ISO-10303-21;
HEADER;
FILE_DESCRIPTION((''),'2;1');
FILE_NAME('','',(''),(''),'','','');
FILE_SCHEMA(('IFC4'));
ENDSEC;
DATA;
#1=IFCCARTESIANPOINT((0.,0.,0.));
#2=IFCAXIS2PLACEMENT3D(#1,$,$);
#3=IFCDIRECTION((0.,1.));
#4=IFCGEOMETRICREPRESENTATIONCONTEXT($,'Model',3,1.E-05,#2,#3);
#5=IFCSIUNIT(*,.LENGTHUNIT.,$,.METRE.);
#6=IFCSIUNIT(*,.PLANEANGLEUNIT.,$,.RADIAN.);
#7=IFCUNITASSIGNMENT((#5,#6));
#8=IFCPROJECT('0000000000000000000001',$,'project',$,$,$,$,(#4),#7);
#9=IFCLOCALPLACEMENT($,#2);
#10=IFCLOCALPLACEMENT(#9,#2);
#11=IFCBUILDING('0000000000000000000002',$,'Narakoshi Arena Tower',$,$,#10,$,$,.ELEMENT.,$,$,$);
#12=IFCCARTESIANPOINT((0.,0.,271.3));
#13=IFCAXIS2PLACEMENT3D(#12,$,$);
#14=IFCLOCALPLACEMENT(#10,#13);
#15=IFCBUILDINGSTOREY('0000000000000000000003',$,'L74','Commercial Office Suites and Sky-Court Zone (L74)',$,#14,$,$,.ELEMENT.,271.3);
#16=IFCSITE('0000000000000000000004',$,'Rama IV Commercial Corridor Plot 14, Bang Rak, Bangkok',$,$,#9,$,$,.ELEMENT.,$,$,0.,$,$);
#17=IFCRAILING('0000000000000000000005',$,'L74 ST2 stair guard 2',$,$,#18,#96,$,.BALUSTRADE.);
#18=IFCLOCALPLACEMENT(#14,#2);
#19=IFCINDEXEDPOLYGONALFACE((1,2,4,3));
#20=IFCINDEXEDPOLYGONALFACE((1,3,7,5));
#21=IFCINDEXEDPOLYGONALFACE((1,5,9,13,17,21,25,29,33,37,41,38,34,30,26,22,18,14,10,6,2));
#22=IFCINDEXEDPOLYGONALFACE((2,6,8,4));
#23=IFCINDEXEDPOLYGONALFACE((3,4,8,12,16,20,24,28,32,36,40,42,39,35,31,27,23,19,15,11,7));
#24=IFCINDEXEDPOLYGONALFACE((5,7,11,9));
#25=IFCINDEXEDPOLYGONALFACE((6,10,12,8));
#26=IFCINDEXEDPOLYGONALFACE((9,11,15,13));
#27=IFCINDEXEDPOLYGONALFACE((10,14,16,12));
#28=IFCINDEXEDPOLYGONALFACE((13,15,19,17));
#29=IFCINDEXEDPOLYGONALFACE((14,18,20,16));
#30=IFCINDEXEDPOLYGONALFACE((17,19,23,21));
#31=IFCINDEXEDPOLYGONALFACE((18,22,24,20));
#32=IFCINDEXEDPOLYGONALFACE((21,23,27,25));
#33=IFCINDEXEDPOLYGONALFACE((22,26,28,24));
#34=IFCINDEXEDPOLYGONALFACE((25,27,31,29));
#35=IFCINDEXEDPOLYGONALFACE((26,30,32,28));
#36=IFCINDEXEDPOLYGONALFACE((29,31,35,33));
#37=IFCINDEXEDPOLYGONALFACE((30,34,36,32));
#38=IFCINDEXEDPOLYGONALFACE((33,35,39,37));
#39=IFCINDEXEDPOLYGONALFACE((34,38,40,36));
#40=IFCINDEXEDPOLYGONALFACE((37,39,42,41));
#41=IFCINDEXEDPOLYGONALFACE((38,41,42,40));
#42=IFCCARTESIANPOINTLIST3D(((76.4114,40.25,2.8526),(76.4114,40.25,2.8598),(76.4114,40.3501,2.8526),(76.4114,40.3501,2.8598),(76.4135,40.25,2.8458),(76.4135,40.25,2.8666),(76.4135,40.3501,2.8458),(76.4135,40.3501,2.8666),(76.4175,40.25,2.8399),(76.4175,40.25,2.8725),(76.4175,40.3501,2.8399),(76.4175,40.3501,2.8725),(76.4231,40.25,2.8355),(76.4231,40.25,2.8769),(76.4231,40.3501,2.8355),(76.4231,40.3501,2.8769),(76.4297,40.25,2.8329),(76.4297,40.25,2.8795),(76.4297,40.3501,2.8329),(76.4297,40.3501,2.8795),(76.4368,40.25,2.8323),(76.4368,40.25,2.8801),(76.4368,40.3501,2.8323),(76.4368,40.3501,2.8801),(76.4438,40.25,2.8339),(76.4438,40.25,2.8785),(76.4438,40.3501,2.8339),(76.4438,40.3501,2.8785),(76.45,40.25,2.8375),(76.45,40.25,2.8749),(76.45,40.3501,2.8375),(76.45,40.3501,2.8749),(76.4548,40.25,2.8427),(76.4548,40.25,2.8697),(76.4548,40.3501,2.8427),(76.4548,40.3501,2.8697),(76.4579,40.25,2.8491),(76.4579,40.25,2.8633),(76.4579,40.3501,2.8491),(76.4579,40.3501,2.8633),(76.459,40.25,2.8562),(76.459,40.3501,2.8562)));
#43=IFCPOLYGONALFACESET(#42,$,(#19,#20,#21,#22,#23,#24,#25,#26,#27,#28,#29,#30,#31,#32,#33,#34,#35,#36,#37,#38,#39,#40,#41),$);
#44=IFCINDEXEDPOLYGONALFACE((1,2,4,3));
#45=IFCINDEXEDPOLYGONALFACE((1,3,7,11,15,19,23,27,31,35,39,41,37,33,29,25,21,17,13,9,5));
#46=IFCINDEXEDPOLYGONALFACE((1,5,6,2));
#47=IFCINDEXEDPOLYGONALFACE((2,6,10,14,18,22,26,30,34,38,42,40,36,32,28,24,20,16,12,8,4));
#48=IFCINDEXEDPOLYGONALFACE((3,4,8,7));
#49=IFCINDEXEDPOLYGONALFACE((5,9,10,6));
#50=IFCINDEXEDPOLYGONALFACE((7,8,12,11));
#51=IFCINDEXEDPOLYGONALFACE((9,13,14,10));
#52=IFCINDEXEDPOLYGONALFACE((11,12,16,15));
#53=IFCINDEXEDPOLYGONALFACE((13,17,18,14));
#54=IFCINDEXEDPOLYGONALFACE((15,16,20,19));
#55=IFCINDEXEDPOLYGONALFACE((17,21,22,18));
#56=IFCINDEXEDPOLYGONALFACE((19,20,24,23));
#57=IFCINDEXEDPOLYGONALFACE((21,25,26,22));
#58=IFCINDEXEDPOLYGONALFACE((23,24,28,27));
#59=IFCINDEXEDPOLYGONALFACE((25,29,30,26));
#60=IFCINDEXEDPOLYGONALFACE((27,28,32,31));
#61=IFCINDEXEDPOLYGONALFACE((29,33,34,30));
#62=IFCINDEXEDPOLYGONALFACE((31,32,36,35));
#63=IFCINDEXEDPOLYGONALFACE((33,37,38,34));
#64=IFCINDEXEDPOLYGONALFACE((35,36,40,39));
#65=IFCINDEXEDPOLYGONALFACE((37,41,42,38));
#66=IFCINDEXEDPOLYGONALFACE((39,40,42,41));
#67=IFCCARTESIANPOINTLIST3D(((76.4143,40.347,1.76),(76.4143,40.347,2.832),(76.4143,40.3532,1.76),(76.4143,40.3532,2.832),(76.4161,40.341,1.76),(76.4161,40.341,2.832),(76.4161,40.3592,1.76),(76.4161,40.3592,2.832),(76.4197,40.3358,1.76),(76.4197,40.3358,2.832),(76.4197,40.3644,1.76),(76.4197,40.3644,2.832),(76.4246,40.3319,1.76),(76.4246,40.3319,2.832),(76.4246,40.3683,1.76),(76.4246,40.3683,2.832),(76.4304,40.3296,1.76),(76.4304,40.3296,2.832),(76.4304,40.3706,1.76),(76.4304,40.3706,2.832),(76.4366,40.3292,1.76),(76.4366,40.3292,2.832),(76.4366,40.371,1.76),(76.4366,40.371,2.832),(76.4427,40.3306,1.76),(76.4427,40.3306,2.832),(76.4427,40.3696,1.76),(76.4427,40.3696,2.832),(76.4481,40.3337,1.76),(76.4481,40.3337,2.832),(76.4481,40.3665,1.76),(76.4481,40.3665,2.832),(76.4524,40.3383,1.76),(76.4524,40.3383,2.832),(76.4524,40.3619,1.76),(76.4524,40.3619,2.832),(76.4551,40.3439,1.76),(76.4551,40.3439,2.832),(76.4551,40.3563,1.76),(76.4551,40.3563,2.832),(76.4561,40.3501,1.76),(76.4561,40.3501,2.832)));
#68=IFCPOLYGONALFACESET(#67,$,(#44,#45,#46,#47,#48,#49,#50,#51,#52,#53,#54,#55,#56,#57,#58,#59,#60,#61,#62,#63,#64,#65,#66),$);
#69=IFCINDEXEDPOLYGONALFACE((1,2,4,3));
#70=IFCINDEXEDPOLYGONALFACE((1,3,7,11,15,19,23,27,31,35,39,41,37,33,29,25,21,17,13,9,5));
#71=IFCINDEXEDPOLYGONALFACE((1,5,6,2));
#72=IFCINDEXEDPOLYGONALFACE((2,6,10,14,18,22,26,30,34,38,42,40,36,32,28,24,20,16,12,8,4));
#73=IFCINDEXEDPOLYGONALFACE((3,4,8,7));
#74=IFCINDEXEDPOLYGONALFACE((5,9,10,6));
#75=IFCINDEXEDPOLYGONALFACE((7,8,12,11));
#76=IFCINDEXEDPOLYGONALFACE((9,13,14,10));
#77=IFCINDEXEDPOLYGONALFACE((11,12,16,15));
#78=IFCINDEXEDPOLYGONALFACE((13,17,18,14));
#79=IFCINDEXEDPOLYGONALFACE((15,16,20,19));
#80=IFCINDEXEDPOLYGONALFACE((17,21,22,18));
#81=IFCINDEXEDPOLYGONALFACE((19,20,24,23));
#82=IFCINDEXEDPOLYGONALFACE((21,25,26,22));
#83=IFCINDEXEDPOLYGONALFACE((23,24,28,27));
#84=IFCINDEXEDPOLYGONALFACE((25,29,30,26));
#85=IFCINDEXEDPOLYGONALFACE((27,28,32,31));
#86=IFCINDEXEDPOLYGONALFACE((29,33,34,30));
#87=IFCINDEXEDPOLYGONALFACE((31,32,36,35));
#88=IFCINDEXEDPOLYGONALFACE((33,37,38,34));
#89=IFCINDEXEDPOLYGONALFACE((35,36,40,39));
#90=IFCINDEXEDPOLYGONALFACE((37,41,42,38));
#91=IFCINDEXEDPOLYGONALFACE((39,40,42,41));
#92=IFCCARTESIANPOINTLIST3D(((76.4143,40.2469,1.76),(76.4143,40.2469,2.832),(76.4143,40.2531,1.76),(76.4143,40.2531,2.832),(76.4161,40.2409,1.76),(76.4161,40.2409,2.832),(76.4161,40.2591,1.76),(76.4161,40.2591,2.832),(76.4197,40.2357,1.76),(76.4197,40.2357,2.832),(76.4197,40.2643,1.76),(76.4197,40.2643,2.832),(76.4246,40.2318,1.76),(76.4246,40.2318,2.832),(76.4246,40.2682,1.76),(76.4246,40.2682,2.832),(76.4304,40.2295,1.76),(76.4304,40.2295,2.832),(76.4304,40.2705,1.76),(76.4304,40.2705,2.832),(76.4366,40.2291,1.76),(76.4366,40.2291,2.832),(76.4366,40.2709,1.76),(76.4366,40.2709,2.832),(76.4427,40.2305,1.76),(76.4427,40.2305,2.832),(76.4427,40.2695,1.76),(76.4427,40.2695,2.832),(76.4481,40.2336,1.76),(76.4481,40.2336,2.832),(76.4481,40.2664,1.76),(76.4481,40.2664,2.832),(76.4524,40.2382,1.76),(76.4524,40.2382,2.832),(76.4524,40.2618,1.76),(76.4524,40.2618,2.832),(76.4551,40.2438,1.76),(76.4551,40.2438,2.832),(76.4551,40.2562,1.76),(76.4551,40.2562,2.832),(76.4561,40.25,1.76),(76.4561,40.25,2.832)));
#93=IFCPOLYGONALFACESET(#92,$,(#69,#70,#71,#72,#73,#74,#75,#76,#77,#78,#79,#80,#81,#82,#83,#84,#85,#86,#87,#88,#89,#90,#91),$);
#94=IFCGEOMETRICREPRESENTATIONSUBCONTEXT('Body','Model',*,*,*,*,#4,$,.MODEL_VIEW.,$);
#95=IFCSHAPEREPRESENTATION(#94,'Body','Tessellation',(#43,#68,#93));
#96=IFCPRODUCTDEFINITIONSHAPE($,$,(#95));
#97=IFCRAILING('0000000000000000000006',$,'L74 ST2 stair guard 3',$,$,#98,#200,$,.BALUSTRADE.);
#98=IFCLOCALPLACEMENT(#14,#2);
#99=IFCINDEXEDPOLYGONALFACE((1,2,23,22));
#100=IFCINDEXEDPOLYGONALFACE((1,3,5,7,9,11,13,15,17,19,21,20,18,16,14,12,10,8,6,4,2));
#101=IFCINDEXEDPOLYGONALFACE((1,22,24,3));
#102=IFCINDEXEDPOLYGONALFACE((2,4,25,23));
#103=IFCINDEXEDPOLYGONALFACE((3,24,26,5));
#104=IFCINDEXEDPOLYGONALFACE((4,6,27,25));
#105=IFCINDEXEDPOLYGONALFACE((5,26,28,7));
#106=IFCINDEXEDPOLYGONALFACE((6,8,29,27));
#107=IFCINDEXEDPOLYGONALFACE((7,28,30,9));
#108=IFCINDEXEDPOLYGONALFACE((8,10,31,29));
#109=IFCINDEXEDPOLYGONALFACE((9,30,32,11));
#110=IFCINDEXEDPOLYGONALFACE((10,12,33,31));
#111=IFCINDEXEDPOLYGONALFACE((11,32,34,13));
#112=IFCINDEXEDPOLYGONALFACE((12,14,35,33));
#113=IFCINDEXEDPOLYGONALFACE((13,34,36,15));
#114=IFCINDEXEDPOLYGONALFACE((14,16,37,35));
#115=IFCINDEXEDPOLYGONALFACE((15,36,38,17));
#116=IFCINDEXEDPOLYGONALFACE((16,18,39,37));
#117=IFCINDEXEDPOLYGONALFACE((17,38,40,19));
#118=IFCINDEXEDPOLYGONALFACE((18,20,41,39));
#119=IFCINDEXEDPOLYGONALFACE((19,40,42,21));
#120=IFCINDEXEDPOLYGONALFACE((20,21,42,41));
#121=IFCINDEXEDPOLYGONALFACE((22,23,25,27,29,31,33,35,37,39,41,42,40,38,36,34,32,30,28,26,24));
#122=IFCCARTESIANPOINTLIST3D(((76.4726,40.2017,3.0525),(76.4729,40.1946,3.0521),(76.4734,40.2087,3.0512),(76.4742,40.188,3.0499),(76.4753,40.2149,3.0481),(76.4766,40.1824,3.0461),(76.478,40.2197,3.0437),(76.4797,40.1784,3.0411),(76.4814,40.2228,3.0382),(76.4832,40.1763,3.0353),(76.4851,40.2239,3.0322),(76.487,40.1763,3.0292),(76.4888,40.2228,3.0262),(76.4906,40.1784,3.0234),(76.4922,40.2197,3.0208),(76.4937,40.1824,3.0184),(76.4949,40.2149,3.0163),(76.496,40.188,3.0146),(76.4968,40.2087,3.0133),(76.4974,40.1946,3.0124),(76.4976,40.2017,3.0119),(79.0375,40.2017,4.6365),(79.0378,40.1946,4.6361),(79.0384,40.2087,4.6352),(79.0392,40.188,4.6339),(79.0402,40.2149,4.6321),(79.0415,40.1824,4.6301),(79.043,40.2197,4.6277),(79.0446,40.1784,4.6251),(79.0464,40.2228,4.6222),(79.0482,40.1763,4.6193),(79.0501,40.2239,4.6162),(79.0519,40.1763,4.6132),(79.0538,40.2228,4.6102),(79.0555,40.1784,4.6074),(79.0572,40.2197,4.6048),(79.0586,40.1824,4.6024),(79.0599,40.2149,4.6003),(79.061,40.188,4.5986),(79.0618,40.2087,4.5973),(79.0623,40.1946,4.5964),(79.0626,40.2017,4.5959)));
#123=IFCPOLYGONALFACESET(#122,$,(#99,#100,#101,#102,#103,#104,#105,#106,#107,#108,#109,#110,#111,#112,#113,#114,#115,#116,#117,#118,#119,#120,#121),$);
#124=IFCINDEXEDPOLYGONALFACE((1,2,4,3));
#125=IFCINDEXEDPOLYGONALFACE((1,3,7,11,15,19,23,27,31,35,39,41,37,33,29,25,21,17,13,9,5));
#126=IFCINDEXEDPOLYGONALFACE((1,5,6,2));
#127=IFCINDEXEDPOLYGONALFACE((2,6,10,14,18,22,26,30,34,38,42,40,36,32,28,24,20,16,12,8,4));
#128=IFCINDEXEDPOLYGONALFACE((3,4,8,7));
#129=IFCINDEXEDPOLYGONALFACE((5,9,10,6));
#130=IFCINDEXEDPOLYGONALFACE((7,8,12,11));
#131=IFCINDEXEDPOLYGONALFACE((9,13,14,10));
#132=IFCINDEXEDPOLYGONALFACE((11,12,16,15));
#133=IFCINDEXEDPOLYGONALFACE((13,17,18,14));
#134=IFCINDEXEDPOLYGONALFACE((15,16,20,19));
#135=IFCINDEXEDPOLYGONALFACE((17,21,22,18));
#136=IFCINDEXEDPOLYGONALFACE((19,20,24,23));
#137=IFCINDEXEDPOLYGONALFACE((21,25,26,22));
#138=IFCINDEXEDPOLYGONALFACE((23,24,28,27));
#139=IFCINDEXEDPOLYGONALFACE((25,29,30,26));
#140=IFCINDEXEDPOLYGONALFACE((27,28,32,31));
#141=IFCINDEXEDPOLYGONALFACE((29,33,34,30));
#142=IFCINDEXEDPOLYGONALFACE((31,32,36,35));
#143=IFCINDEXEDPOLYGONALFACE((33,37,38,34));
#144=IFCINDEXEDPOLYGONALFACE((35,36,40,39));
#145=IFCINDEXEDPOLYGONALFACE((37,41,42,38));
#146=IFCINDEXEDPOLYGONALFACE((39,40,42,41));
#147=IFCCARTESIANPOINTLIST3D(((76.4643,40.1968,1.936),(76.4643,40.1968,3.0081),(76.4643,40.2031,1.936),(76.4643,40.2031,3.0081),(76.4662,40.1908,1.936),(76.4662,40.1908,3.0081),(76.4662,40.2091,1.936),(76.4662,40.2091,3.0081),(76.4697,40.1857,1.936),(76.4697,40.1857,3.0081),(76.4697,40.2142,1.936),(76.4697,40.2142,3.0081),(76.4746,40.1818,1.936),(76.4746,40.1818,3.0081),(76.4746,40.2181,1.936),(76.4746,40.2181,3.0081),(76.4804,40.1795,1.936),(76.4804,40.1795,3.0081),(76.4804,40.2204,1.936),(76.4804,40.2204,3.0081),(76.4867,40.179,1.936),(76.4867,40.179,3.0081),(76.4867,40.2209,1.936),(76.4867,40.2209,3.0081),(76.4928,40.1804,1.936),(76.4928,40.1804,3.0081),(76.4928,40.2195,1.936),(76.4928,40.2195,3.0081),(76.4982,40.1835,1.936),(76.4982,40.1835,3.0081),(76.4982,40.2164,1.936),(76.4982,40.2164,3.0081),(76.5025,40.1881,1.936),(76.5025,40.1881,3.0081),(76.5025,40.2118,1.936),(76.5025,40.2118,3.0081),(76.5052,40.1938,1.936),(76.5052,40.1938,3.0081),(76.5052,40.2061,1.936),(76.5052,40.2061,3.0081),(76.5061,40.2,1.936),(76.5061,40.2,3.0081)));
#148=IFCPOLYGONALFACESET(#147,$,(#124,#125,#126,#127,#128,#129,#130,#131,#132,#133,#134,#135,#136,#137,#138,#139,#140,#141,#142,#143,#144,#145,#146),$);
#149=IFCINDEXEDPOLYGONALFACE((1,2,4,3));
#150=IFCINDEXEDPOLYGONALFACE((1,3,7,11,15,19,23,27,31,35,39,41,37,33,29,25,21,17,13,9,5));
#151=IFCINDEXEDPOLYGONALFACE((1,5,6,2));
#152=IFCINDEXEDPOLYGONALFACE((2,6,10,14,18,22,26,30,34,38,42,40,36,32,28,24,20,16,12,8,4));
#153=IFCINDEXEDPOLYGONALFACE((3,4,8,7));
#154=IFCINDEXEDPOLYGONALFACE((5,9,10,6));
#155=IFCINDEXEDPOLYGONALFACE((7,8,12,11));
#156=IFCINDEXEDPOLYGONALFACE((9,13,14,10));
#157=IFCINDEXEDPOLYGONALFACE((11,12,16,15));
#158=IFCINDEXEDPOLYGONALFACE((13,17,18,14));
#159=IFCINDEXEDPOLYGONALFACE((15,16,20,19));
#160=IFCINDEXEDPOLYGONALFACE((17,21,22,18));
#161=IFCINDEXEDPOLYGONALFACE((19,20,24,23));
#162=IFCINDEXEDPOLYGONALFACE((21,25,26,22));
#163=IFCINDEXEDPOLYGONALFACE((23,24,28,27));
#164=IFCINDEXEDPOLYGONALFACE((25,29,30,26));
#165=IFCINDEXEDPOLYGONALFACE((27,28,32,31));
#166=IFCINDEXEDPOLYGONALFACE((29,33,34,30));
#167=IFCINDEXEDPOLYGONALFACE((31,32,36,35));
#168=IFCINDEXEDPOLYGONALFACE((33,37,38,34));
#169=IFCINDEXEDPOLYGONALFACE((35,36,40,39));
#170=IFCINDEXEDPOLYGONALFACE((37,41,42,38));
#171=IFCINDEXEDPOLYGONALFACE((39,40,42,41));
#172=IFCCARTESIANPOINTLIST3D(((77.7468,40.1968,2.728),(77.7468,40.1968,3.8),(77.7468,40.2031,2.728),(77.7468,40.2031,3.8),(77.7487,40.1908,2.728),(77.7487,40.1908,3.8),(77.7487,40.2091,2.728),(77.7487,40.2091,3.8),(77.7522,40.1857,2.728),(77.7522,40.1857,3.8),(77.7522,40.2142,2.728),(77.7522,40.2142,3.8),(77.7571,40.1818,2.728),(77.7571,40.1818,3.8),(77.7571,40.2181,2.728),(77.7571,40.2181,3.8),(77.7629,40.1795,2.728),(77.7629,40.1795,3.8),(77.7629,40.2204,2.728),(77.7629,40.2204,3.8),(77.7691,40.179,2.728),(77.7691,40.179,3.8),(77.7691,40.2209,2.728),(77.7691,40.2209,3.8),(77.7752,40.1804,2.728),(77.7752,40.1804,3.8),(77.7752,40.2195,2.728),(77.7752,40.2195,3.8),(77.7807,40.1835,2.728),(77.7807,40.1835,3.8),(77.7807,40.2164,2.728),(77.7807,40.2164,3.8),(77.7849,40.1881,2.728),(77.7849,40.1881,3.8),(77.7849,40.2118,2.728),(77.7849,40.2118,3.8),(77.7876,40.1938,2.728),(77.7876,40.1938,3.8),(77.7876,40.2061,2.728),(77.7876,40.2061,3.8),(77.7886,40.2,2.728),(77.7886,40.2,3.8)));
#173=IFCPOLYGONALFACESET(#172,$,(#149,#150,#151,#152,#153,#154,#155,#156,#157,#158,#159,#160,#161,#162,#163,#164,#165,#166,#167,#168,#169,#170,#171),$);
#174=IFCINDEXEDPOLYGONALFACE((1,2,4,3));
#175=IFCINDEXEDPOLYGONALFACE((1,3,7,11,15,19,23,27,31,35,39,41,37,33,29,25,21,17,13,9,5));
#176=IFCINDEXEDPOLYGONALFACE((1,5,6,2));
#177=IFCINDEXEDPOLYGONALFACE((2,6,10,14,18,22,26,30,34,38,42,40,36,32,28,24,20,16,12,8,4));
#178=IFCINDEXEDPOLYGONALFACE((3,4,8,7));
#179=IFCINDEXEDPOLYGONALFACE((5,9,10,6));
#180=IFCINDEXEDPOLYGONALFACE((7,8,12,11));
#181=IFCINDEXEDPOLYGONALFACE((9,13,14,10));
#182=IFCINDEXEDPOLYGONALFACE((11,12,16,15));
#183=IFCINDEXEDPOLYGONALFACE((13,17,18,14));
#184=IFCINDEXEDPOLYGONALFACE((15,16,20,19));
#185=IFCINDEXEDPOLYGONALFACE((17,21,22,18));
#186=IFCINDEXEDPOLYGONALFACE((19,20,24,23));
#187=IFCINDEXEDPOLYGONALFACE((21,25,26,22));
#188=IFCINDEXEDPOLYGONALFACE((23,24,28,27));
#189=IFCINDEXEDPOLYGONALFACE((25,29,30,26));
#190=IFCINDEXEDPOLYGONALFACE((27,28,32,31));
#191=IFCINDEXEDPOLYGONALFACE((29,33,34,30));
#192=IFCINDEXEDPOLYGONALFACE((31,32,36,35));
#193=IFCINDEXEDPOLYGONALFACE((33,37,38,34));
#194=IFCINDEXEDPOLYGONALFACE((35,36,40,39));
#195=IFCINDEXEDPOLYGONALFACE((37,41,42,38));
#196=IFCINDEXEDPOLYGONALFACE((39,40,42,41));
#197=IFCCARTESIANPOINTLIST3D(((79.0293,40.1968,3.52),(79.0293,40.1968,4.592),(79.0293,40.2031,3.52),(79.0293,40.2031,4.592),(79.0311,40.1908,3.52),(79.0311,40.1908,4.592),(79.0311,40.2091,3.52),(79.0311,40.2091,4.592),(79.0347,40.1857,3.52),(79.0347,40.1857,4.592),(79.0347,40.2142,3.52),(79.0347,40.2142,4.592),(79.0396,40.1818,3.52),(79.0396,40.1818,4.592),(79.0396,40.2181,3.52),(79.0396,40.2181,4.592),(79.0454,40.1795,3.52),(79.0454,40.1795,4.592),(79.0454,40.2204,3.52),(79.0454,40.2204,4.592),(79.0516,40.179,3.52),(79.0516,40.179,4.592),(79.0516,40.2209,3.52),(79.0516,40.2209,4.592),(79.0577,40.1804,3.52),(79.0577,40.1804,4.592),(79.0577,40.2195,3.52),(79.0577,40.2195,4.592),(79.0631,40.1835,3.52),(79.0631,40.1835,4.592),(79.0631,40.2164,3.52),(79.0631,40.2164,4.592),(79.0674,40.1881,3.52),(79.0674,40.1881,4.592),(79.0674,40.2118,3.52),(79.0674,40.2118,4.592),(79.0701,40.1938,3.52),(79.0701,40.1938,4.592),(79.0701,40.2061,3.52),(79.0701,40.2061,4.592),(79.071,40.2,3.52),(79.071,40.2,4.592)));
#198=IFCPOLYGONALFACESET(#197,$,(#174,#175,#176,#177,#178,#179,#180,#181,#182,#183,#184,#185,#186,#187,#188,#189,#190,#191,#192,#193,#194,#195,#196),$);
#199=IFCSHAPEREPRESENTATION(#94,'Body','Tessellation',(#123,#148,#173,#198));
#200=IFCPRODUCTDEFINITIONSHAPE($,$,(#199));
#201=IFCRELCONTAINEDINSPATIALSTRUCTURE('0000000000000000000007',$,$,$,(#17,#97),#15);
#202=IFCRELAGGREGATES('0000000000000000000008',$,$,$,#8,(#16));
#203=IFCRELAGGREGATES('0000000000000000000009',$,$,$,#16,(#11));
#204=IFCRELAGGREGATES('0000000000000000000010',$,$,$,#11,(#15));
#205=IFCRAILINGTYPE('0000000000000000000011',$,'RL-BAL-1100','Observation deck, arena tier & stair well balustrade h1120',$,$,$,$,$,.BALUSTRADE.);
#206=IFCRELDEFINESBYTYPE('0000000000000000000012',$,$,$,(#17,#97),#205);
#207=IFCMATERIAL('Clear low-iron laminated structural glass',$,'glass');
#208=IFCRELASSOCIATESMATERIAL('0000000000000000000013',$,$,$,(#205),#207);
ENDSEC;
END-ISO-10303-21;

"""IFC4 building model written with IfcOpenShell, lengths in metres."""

from ifc_helpers import new_model, si_unit, direction, frame, origin, origin_2d, place, context, subcontext, project, spatial, circle, extrude, material, type_object, element, save


model = new_model("IFC4")

# Units and contexts
model_context = context("Model", 3, precision=1e-05, world=origin(), true_north=direction((0.0, 1.0)))
body_context = subcontext(model_context, "Body", "Model", "MODEL_VIEW")
ifc_project = project(units=[si_unit("LENGTHUNIT", "METRE"), si_unit("PLANEANGLEUNIT", "RADIAN")], contexts=[model_context])

# Site, building, storey
site_placement = place(None, origin())
site = spatial("IfcSite", under=ifc_project, at=site_placement, Name="Rama IV Commercial Corridor Plot 14, Bang Rak, Bangkok", CompositionType="ELEMENT", RefElevation=0.0)
building_placement = place(site_placement, origin())
building = spatial("IfcBuilding", under=site, at=building_placement, Name="Narakoshi Arena Tower", CompositionType="ELEMENT")
storey_placement = place(building_placement, frame((0.0, 0.0, 271.3)))
storey = spatial("IfcBuildingStorey", under=building, at=storey_placement, Name="L74", Description="Commercial Office Suites and Sky-Court Zone (L74)", CompositionType="ELEMENT", Elevation=271.3)

# Railings
ifc_material_1 = material(Name="Clear low-iron laminated structural glass", Category="glass")
railing_type_1 = type_object("IfcRailingType", Name="RL-BAL-1100", Description="Observation deck, arena tier & stair well balustrade h1120", PredefinedType="BALUSTRADE", material=ifc_material_1)
railing_1_placement = place(storey_placement, frame((76.4351, 40.3501, 1.76)))
element("IfcRailing", 1, at=railing_1_placement, inside=storey, type_object=railing_type_1, Name="L74 ST2 stair guard 2", PredefinedType="BALUSTRADE", context=body_context, shape_type="SweptSolid", body=[
    extrude(circle(Radius=0.0239, at=origin_2d()), frame((0.0, 0.0, 1.0962), z_axis=(0.0, -1.0, 0.0), x_axis=(1.0, 0.0, 0.0)), (0.0, 0.0, 1.0), 0.1001),
    extrude(circle(Radius=0.021, at=origin_2d()), origin(), (0.0, 0.0, 1.0), 1.072),
    extrude(circle(Radius=0.021, at=origin_2d()), frame((0.0, -0.1001, 0.0)), (0.0, 0.0, 1.0), 1.072),
])
railing_2_placement = place(storey_placement, frame((76.4851, 40.2, 1.936)))
element("IfcRailing", 2, at=railing_2_placement, inside=storey, type_object=railing_type_1, Name="L74 ST2 stair guard 3", PredefinedType="BALUSTRADE", context=body_context, shape_type="SweptSolid", body=[
    extrude(circle(Radius=0.0239, at=origin_2d()), frame((0.0, 0.0, 1.0962), z_axis=(0.850834, 0.0, 0.525434), x_axis=(0.0, 1.0, 0.0)), (0.0, 0.0, 1.0), 3.0146),
    extrude(circle(Radius=0.021, at=origin_2d()), origin(), (0.0, 0.0, 1.0), 1.072),
    extrude(circle(Radius=0.021, at=origin_2d()), frame((1.2825, 0.0, 0.792)), (0.0, 0.0, 1.0), 1.072),
    extrude(circle(Radius=0.021, at=origin_2d()), frame((2.5649, 0.0, 1.584)), (0.0, 0.0, 1.0), 1.072),
])

save(model, "model.ifc")
